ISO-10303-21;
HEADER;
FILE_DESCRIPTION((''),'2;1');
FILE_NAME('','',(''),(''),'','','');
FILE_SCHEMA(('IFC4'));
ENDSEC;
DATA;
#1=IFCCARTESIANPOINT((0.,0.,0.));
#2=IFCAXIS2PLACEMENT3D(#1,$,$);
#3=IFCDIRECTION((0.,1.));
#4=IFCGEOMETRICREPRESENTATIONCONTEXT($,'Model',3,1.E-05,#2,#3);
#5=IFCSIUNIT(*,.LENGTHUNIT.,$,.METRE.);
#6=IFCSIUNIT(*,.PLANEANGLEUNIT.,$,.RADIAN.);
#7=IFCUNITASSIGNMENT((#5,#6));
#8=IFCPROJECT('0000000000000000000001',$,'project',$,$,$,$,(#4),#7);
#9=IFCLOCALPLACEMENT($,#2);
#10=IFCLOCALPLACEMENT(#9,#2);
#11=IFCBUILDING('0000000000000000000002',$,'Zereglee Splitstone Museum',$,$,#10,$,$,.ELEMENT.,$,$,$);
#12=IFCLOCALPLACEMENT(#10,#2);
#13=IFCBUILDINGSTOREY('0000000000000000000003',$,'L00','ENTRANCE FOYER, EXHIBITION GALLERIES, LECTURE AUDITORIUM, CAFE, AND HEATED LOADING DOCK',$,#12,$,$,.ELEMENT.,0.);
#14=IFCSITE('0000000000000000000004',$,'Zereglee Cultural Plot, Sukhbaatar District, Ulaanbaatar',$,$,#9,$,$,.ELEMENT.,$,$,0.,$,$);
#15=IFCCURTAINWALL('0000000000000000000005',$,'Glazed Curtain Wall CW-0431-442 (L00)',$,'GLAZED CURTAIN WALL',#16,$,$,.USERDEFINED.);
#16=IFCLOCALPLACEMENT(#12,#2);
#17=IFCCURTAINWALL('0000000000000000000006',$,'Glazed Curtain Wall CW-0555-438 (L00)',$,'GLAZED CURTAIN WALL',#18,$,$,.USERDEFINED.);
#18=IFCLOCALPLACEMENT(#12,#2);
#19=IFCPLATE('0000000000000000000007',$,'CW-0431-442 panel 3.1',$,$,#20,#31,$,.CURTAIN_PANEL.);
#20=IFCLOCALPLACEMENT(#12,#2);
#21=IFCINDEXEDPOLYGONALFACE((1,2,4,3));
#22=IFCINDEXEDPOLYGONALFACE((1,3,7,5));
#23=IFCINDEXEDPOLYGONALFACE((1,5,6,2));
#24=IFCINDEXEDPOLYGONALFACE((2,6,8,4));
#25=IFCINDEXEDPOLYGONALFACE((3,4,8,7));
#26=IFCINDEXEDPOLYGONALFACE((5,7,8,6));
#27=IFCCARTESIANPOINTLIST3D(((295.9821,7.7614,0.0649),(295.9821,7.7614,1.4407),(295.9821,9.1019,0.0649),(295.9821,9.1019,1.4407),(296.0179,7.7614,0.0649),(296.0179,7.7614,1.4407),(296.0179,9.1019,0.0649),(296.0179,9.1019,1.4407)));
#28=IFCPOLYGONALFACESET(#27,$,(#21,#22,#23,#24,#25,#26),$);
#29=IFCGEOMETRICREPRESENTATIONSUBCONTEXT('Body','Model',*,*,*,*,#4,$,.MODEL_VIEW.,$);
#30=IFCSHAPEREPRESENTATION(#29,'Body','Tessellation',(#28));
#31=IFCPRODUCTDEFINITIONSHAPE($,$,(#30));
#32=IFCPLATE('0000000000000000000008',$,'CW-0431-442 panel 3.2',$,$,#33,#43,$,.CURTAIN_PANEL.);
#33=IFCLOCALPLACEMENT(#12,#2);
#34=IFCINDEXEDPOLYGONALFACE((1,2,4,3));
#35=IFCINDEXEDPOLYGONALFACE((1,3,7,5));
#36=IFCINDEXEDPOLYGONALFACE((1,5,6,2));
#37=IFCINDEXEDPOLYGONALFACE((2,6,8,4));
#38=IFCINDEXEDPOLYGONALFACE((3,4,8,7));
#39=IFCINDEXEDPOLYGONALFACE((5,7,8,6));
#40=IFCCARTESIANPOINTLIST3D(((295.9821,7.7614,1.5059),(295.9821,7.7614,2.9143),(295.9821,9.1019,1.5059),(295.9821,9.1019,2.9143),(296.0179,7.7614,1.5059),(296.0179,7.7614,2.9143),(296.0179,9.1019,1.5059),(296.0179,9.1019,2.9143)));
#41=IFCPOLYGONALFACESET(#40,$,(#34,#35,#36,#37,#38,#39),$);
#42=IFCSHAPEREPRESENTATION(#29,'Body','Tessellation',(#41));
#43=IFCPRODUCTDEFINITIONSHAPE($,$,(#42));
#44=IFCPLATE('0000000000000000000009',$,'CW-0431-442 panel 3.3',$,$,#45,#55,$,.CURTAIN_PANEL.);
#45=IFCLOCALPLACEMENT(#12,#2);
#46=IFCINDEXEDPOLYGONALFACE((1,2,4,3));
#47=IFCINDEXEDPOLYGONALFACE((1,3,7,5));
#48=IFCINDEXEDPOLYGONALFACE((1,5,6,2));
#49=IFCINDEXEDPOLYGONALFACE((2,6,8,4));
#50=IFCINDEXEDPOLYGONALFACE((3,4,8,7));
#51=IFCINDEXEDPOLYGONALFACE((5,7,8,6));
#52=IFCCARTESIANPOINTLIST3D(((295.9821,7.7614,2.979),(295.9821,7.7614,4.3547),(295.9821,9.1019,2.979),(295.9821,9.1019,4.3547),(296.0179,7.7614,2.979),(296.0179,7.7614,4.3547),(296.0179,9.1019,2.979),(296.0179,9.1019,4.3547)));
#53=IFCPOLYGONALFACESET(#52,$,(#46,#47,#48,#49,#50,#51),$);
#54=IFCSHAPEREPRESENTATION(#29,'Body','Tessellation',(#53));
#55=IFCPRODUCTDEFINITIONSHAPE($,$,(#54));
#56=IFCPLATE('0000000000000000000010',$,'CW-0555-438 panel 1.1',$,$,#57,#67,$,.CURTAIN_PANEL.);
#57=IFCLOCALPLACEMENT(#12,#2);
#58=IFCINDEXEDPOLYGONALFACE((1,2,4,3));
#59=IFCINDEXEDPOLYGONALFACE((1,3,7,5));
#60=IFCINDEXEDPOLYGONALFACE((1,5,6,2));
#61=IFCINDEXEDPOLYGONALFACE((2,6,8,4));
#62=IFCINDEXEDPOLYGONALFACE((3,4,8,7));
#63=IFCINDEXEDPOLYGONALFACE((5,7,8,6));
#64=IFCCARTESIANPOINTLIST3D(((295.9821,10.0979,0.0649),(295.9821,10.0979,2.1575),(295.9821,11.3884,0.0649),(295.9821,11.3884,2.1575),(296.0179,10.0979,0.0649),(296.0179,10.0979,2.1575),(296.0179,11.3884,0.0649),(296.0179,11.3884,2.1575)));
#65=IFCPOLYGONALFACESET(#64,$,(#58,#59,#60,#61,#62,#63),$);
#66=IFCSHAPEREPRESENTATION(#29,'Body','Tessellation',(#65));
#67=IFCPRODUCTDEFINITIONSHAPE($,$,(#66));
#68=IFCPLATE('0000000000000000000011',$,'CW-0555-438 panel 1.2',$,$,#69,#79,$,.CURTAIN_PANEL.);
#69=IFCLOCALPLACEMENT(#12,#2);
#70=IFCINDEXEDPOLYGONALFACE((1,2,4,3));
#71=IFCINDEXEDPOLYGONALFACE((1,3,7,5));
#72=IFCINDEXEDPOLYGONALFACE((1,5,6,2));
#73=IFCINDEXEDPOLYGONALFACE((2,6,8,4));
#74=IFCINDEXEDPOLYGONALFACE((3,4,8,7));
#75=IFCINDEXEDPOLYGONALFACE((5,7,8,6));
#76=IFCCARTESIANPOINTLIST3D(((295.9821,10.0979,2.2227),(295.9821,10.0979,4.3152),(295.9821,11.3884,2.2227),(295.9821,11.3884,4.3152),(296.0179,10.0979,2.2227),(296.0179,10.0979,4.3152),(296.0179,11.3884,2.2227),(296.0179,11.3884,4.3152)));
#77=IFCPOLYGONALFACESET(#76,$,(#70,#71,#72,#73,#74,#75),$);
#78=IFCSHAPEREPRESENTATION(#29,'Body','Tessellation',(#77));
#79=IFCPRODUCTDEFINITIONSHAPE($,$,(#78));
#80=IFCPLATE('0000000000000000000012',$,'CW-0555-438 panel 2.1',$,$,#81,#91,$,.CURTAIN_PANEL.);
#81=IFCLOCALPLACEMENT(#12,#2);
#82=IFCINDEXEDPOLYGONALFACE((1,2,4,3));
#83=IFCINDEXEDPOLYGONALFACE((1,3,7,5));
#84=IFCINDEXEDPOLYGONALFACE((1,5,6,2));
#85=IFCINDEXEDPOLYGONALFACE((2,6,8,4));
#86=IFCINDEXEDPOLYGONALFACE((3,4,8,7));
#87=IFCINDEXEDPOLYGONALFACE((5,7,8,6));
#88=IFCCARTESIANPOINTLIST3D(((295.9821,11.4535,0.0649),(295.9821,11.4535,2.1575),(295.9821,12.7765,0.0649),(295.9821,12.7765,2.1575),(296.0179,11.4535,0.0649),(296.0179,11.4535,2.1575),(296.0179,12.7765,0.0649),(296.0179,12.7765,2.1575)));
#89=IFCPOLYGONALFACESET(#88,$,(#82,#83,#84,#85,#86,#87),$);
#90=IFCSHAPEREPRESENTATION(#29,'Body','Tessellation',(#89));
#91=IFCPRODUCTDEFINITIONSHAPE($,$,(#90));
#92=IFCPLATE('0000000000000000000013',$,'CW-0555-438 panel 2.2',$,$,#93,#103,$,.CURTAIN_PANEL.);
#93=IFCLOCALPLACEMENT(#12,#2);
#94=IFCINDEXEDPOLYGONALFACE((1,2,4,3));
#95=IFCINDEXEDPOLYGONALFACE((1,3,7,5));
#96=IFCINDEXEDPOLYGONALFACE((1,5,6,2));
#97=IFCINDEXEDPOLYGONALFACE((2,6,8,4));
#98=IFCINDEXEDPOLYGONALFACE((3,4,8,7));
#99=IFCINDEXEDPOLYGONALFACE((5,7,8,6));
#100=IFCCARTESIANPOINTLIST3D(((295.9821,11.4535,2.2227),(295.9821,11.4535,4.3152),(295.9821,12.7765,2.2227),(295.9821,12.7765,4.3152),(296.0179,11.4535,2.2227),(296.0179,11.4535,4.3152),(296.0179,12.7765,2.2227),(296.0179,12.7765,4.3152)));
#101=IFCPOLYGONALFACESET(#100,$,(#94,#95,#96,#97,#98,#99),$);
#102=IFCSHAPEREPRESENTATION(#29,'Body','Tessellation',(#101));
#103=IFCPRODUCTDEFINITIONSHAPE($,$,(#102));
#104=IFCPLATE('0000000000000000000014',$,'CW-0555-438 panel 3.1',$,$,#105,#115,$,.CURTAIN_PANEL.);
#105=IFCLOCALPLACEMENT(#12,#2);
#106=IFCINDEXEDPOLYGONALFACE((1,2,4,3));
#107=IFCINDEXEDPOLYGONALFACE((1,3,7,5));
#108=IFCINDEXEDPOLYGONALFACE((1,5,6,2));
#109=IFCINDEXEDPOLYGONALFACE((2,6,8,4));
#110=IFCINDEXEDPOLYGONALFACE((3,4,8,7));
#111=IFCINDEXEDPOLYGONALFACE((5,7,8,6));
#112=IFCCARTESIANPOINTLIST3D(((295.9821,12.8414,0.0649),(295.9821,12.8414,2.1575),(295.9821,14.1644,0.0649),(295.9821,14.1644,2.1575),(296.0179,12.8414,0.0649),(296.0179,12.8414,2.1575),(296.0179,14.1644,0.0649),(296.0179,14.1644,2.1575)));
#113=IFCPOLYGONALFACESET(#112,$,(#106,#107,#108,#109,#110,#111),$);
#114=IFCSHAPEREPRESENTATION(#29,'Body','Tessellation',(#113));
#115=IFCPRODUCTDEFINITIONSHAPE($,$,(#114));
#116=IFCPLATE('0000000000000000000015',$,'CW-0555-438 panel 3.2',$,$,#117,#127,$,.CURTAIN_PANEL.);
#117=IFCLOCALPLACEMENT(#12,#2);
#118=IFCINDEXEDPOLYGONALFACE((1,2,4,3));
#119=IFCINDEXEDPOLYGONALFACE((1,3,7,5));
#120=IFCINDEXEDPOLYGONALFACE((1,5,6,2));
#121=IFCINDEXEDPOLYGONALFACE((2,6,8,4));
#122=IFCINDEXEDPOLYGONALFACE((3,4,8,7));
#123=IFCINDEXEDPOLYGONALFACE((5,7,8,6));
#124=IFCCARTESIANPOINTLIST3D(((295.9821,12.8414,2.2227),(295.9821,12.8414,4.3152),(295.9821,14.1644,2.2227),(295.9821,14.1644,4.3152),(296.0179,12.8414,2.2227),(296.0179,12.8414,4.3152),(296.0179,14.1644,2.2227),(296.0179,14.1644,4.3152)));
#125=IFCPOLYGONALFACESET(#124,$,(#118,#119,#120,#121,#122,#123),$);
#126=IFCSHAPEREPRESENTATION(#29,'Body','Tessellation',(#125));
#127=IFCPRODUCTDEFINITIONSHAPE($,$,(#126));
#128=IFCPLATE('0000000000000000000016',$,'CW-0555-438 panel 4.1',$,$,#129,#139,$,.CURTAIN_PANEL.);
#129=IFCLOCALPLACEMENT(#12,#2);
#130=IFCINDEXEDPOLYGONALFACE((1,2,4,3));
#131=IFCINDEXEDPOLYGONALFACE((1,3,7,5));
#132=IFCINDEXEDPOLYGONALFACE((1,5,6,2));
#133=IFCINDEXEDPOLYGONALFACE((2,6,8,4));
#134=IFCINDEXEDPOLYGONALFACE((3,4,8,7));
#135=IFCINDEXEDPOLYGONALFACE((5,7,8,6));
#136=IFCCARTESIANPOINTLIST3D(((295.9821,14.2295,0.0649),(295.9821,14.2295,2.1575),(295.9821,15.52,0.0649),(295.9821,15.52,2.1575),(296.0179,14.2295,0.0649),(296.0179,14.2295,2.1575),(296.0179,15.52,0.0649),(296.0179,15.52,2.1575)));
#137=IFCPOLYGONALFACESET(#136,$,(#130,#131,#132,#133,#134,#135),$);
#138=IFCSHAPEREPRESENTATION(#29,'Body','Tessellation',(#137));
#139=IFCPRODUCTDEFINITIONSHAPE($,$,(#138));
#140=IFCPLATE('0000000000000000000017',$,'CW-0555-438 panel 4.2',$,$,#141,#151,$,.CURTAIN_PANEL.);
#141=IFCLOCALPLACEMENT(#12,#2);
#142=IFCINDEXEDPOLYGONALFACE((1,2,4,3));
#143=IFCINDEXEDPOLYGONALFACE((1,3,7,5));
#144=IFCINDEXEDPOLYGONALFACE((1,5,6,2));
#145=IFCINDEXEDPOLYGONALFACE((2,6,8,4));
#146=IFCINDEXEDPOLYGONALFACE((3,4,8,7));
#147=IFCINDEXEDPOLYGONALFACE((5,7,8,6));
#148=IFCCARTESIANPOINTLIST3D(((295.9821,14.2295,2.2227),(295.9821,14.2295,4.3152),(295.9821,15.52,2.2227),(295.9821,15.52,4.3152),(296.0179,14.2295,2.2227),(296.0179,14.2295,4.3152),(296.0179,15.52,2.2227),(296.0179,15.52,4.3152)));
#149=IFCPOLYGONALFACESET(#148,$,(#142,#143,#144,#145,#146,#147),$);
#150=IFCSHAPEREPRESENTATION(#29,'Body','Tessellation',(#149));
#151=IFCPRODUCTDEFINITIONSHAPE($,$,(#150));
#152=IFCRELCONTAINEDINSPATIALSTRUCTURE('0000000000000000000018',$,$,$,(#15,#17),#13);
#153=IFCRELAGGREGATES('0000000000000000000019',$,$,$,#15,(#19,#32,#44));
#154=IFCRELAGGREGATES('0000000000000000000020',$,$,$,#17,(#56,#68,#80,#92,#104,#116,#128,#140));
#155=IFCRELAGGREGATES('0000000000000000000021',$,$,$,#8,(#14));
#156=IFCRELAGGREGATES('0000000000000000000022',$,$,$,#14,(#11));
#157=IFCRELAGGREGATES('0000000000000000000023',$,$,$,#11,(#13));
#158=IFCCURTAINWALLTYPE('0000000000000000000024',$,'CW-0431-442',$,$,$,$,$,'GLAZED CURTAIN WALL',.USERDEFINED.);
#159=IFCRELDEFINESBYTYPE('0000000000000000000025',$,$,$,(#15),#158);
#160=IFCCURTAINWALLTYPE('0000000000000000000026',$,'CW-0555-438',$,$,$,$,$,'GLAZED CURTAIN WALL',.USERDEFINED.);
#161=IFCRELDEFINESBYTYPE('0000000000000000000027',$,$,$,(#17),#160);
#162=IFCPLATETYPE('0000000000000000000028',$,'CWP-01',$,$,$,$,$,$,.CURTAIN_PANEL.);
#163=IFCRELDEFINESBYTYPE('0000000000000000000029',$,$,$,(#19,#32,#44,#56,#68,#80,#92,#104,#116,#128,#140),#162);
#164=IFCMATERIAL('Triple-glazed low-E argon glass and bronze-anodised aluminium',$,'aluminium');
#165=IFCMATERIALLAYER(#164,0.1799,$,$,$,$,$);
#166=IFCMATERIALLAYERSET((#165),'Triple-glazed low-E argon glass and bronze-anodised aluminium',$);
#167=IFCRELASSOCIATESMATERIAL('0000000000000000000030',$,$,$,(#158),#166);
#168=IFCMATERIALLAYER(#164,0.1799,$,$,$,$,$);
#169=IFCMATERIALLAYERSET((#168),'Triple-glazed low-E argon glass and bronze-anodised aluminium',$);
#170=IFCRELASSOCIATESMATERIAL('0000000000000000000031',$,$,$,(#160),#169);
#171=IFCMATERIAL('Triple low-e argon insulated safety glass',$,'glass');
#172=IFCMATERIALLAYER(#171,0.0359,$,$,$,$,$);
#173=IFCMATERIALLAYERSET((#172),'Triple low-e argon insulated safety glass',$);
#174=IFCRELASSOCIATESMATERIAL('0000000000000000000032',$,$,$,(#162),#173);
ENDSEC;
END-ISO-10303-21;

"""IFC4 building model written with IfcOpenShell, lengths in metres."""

from ifc_helpers import new_model, si_unit, direction, frame, origin, origin_2d, place, context, subcontext, project, spatial, rectangle, extrude, material, layer, layer_set, type_object, element, aggregate, save


model = new_model("IFC4")

# Units and contexts
model_context = context("Model", 3, precision=1e-05, world=origin(), true_north=direction((0.0, 1.0)))
body_context = subcontext(model_context, "Body", "Model", "MODEL_VIEW")
ifc_project = project(units=[si_unit("LENGTHUNIT", "METRE"), si_unit("PLANEANGLEUNIT", "RADIAN")], contexts=[model_context])

# Site, building, storey
site_placement = place(None, origin())
site = spatial("IfcSite", under=ifc_project, at=site_placement, Name="Zereglee Cultural Plot, Sukhbaatar District, Ulaanbaatar", CompositionType="ELEMENT", RefElevation=0.0)
building_placement = place(site_placement, origin())
building = spatial("IfcBuilding", under=site, at=building_placement, Name="Zereglee Splitstone Museum", CompositionType="ELEMENT")
storey_placement = place(building_placement, origin())
storey = spatial("IfcBuildingStorey", under=building, at=storey_placement, Name="L00", Description="ENTRANCE FOYER, EXHIBITION GALLERIES, LECTURE AUDITORIUM, CAFE, AND HEATED LOADING DOCK", CompositionType="ELEMENT", Elevation=0.0)

# Curtain walls
ifc_material_1 = material(Name="Triple-glazed low-E argon glass and bronze-anodised aluminium", Category="aluminium")
ifc_layer_1 = layer(ifc_material_1, 0.1799)
ifc_layer_set_1 = layer_set([ifc_layer_1], Name="Triple-glazed low-E argon glass and bronze-anodised aluminium")
curtain_wall_type_1 = type_object("IfcCurtainWallType", Name="CW-0431-442", ElementType="GLAZED CURTAIN WALL", PredefinedType="USERDEFINED", material=ifc_layer_set_1)
curtain_wall_1_placement = place(storey_placement, origin())
curtain_wall_1 = element("IfcCurtainWall", 1, at=curtain_wall_1_placement, inside=storey, type_object=curtain_wall_type_1, Name="Glazed Curtain Wall CW-0431-442 (L00)", ObjectType="GLAZED CURTAIN WALL", PredefinedType="USERDEFINED")
ifc_layer_2 = layer(ifc_material_1, 0.1799)
ifc_layer_set_2 = layer_set([ifc_layer_2], Name="Triple-glazed low-E argon glass and bronze-anodised aluminium")
curtain_wall_type_2 = type_object("IfcCurtainWallType", Name="CW-0555-438", ElementType="GLAZED CURTAIN WALL", PredefinedType="USERDEFINED", material=ifc_layer_set_2)
curtain_wall_2_placement = place(storey_placement, origin())
curtain_wall_2 = element("IfcCurtainWall", 2, at=curtain_wall_2_placement, inside=storey, type_object=curtain_wall_type_2, Name="Glazed Curtain Wall CW-0555-438 (L00)", ObjectType="GLAZED CURTAIN WALL", PredefinedType="USERDEFINED")

# Plates
ifc_material_2 = material(Name="Triple low-e argon insulated safety glass", Category="glass")
ifc_layer_3 = layer(ifc_material_2, 0.0359)
ifc_layer_set_3 = layer_set([ifc_layer_3], Name="Triple low-e argon insulated safety glass")
plate_type = type_object("IfcPlateType", Name="CWP-01", PredefinedType="CURTAIN_PANEL", material=ifc_layer_set_3)
plate_1_placement = place(storey_placement, frame((296.0, 8.4316, 0.0649), z_axis=(0.0, 0.0, 1.0), x_axis=(0.0, 1.0, 0.0)))
plate_1 = element("IfcPlate", 3, at=plate_1_placement, type_object=plate_type, Name="CW-0431-442 panel 3.1", PredefinedType="CURTAIN_PANEL", context=body_context, shape_type="SweptSolid", body=[
    extrude(rectangle(XDim=1.3406, YDim=0.0359, at=origin_2d()), origin(), (0.0, 0.0, 1.0), 1.3757),
])
plate_2_placement = place(storey_placement, frame((296.0, 8.4316, 1.5059), z_axis=(0.0, 0.0, 1.0), x_axis=(0.0, 1.0, 0.0)))
plate_2 = element("IfcPlate", 4, at=plate_2_placement, type_object=plate_type, Name="CW-0431-442 panel 3.2", PredefinedType="CURTAIN_PANEL", context=body_context, shape_type="SweptSolid", body=[
    extrude(rectangle(XDim=1.3406, YDim=0.0359, at=origin_2d()), origin(), (0.0, 0.0, 1.0), 1.4084),
])
plate_3_placement = place(storey_placement, frame((296.0, 8.4316, 2.979), z_axis=(0.0, 0.0, 1.0), x_axis=(0.0, 1.0, 0.0)))
plate_3 = element("IfcPlate", 5, at=plate_3_placement, type_object=plate_type, Name="CW-0431-442 panel 3.3", PredefinedType="CURTAIN_PANEL", context=body_context, shape_type="SweptSolid", body=[
    extrude(rectangle(XDim=1.3406, YDim=0.0359, at=origin_2d()), origin(), (0.0, 0.0, 1.0), 1.3757),
])
aggregate(curtain_wall_1, [plate_1, plate_2, plate_3])
plate_4_placement = place(storey_placement, frame((296.0, 10.7432, 0.0649), z_axis=(0.0, 0.0, 1.0), x_axis=(0.0, 1.0, 0.0)))
plate_4 = element("IfcPlate", 6, at=plate_4_placement, type_object=plate_type, Name="CW-0555-438 panel 1.1", PredefinedType="CURTAIN_PANEL", context=body_context, shape_type="SweptSolid", body=[
    extrude(rectangle(XDim=1.2905, YDim=0.0359, at=origin_2d()), origin(), (0.0, 0.0, 1.0), 2.0925),
])
plate_5_placement = place(storey_placement, frame((296.0, 10.7432, 2.2227), z_axis=(0.0, 0.0, 1.0), x_axis=(0.0, 1.0, 0.0)))
plate_5 = element("IfcPlate", 7, at=plate_5_placement, type_object=plate_type, Name="CW-0555-438 panel 1.2", PredefinedType="CURTAIN_PANEL", context=body_context, shape_type="SweptSolid", body=[
    extrude(rectangle(XDim=1.2905, YDim=0.0359, at=origin_2d()), origin(), (0.0, 0.0, 1.0), 2.0925),
])
plate_6_placement = place(storey_placement, frame((296.0, 12.115, 0.0649), z_axis=(0.0, 0.0, 1.0), x_axis=(0.0, 1.0, 0.0)))
plate_6 = element("IfcPlate", 8, at=plate_6_placement, type_object=plate_type, Name="CW-0555-438 panel 2.1", PredefinedType="CURTAIN_PANEL", context=body_context, shape_type="SweptSolid", body=[
    extrude(rectangle(XDim=1.323, YDim=0.0359, at=origin_2d()), origin(), (0.0, 0.0, 1.0), 2.0925),
])
plate_7_placement = place(storey_placement, frame((296.0, 12.115, 2.2227), z_axis=(0.0, 0.0, 1.0), x_axis=(0.0, 1.0, 0.0)))
plate_7 = element("IfcPlate", 9, at=plate_7_placement, type_object=plate_type, Name="CW-0555-438 panel 2.2", PredefinedType="CURTAIN_PANEL", context=body_context, shape_type="SweptSolid", body=[
    extrude(rectangle(XDim=1.323, YDim=0.0359, at=origin_2d()), origin(), (0.0, 0.0, 1.0), 2.0925),
])
plate_8_placement = place(storey_placement, frame((296.0, 13.5029, 0.0649), z_axis=(0.0, 0.0, 1.0), x_axis=(0.0, 1.0, 0.0)))
plate_8 = element("IfcPlate", 10, at=plate_8_placement, type_object=plate_type, Name="CW-0555-438 panel 3.1", PredefinedType="CURTAIN_PANEL", context=body_context, shape_type="SweptSolid", body=[
    extrude(rectangle(XDim=1.323, YDim=0.0359, at=origin_2d()), origin(), (0.0, 0.0, 1.0), 2.0925),
])
plate_9_placement = place(storey_placement, frame((296.0, 13.5029, 2.2227), z_axis=(0.0, 0.0, 1.0), x_axis=(0.0, 1.0, 0.0)))
plate_9 = element("IfcPlate", 11, at=plate_9_placement, type_object=plate_type, Name="CW-0555-438 panel 3.2", PredefinedType="CURTAIN_PANEL", context=body_context, shape_type="SweptSolid", body=[
    extrude(rectangle(XDim=1.323, YDim=0.0359, at=origin_2d()), origin(), (0.0, 0.0, 1.0), 2.0925),
])
plate_10_placement = place(storey_placement, frame((296.0, 14.8748, 0.0649), z_axis=(0.0, 0.0, 1.0), x_axis=(0.0, 1.0, 0.0)))
plate_10 = element("IfcPlate", 12, at=plate_10_placement, type_object=plate_type, Name="CW-0555-438 panel 4.1", PredefinedType="CURTAIN_PANEL", context=body_context, shape_type="SweptSolid", body=[
    extrude(rectangle(XDim=1.2905, YDim=0.0359, at=origin_2d()), origin(), (0.0, 0.0, 1.0), 2.0925),
])
plate_11_placement = place(storey_placement, frame((296.0, 14.8748, 2.2227), z_axis=(0.0, 0.0, 1.0), x_axis=(0.0, 1.0, 0.0)))
plate_11 = element("IfcPlate", 13, at=plate_11_placement, type_object=plate_type, Name="CW-0555-438 panel 4.2", PredefinedType="CURTAIN_PANEL", context=body_context, shape_type="SweptSolid", body=[
    extrude(rectangle(XDim=1.2905, YDim=0.0359, at=origin_2d()), origin(), (0.0, 0.0, 1.0), 2.0925),
])
aggregate(curtain_wall_2, [plate_4, plate_5, plate_6, plate_7, plate_8, plate_9, plate_10, plate_11])

save(model, "model.ifc")
